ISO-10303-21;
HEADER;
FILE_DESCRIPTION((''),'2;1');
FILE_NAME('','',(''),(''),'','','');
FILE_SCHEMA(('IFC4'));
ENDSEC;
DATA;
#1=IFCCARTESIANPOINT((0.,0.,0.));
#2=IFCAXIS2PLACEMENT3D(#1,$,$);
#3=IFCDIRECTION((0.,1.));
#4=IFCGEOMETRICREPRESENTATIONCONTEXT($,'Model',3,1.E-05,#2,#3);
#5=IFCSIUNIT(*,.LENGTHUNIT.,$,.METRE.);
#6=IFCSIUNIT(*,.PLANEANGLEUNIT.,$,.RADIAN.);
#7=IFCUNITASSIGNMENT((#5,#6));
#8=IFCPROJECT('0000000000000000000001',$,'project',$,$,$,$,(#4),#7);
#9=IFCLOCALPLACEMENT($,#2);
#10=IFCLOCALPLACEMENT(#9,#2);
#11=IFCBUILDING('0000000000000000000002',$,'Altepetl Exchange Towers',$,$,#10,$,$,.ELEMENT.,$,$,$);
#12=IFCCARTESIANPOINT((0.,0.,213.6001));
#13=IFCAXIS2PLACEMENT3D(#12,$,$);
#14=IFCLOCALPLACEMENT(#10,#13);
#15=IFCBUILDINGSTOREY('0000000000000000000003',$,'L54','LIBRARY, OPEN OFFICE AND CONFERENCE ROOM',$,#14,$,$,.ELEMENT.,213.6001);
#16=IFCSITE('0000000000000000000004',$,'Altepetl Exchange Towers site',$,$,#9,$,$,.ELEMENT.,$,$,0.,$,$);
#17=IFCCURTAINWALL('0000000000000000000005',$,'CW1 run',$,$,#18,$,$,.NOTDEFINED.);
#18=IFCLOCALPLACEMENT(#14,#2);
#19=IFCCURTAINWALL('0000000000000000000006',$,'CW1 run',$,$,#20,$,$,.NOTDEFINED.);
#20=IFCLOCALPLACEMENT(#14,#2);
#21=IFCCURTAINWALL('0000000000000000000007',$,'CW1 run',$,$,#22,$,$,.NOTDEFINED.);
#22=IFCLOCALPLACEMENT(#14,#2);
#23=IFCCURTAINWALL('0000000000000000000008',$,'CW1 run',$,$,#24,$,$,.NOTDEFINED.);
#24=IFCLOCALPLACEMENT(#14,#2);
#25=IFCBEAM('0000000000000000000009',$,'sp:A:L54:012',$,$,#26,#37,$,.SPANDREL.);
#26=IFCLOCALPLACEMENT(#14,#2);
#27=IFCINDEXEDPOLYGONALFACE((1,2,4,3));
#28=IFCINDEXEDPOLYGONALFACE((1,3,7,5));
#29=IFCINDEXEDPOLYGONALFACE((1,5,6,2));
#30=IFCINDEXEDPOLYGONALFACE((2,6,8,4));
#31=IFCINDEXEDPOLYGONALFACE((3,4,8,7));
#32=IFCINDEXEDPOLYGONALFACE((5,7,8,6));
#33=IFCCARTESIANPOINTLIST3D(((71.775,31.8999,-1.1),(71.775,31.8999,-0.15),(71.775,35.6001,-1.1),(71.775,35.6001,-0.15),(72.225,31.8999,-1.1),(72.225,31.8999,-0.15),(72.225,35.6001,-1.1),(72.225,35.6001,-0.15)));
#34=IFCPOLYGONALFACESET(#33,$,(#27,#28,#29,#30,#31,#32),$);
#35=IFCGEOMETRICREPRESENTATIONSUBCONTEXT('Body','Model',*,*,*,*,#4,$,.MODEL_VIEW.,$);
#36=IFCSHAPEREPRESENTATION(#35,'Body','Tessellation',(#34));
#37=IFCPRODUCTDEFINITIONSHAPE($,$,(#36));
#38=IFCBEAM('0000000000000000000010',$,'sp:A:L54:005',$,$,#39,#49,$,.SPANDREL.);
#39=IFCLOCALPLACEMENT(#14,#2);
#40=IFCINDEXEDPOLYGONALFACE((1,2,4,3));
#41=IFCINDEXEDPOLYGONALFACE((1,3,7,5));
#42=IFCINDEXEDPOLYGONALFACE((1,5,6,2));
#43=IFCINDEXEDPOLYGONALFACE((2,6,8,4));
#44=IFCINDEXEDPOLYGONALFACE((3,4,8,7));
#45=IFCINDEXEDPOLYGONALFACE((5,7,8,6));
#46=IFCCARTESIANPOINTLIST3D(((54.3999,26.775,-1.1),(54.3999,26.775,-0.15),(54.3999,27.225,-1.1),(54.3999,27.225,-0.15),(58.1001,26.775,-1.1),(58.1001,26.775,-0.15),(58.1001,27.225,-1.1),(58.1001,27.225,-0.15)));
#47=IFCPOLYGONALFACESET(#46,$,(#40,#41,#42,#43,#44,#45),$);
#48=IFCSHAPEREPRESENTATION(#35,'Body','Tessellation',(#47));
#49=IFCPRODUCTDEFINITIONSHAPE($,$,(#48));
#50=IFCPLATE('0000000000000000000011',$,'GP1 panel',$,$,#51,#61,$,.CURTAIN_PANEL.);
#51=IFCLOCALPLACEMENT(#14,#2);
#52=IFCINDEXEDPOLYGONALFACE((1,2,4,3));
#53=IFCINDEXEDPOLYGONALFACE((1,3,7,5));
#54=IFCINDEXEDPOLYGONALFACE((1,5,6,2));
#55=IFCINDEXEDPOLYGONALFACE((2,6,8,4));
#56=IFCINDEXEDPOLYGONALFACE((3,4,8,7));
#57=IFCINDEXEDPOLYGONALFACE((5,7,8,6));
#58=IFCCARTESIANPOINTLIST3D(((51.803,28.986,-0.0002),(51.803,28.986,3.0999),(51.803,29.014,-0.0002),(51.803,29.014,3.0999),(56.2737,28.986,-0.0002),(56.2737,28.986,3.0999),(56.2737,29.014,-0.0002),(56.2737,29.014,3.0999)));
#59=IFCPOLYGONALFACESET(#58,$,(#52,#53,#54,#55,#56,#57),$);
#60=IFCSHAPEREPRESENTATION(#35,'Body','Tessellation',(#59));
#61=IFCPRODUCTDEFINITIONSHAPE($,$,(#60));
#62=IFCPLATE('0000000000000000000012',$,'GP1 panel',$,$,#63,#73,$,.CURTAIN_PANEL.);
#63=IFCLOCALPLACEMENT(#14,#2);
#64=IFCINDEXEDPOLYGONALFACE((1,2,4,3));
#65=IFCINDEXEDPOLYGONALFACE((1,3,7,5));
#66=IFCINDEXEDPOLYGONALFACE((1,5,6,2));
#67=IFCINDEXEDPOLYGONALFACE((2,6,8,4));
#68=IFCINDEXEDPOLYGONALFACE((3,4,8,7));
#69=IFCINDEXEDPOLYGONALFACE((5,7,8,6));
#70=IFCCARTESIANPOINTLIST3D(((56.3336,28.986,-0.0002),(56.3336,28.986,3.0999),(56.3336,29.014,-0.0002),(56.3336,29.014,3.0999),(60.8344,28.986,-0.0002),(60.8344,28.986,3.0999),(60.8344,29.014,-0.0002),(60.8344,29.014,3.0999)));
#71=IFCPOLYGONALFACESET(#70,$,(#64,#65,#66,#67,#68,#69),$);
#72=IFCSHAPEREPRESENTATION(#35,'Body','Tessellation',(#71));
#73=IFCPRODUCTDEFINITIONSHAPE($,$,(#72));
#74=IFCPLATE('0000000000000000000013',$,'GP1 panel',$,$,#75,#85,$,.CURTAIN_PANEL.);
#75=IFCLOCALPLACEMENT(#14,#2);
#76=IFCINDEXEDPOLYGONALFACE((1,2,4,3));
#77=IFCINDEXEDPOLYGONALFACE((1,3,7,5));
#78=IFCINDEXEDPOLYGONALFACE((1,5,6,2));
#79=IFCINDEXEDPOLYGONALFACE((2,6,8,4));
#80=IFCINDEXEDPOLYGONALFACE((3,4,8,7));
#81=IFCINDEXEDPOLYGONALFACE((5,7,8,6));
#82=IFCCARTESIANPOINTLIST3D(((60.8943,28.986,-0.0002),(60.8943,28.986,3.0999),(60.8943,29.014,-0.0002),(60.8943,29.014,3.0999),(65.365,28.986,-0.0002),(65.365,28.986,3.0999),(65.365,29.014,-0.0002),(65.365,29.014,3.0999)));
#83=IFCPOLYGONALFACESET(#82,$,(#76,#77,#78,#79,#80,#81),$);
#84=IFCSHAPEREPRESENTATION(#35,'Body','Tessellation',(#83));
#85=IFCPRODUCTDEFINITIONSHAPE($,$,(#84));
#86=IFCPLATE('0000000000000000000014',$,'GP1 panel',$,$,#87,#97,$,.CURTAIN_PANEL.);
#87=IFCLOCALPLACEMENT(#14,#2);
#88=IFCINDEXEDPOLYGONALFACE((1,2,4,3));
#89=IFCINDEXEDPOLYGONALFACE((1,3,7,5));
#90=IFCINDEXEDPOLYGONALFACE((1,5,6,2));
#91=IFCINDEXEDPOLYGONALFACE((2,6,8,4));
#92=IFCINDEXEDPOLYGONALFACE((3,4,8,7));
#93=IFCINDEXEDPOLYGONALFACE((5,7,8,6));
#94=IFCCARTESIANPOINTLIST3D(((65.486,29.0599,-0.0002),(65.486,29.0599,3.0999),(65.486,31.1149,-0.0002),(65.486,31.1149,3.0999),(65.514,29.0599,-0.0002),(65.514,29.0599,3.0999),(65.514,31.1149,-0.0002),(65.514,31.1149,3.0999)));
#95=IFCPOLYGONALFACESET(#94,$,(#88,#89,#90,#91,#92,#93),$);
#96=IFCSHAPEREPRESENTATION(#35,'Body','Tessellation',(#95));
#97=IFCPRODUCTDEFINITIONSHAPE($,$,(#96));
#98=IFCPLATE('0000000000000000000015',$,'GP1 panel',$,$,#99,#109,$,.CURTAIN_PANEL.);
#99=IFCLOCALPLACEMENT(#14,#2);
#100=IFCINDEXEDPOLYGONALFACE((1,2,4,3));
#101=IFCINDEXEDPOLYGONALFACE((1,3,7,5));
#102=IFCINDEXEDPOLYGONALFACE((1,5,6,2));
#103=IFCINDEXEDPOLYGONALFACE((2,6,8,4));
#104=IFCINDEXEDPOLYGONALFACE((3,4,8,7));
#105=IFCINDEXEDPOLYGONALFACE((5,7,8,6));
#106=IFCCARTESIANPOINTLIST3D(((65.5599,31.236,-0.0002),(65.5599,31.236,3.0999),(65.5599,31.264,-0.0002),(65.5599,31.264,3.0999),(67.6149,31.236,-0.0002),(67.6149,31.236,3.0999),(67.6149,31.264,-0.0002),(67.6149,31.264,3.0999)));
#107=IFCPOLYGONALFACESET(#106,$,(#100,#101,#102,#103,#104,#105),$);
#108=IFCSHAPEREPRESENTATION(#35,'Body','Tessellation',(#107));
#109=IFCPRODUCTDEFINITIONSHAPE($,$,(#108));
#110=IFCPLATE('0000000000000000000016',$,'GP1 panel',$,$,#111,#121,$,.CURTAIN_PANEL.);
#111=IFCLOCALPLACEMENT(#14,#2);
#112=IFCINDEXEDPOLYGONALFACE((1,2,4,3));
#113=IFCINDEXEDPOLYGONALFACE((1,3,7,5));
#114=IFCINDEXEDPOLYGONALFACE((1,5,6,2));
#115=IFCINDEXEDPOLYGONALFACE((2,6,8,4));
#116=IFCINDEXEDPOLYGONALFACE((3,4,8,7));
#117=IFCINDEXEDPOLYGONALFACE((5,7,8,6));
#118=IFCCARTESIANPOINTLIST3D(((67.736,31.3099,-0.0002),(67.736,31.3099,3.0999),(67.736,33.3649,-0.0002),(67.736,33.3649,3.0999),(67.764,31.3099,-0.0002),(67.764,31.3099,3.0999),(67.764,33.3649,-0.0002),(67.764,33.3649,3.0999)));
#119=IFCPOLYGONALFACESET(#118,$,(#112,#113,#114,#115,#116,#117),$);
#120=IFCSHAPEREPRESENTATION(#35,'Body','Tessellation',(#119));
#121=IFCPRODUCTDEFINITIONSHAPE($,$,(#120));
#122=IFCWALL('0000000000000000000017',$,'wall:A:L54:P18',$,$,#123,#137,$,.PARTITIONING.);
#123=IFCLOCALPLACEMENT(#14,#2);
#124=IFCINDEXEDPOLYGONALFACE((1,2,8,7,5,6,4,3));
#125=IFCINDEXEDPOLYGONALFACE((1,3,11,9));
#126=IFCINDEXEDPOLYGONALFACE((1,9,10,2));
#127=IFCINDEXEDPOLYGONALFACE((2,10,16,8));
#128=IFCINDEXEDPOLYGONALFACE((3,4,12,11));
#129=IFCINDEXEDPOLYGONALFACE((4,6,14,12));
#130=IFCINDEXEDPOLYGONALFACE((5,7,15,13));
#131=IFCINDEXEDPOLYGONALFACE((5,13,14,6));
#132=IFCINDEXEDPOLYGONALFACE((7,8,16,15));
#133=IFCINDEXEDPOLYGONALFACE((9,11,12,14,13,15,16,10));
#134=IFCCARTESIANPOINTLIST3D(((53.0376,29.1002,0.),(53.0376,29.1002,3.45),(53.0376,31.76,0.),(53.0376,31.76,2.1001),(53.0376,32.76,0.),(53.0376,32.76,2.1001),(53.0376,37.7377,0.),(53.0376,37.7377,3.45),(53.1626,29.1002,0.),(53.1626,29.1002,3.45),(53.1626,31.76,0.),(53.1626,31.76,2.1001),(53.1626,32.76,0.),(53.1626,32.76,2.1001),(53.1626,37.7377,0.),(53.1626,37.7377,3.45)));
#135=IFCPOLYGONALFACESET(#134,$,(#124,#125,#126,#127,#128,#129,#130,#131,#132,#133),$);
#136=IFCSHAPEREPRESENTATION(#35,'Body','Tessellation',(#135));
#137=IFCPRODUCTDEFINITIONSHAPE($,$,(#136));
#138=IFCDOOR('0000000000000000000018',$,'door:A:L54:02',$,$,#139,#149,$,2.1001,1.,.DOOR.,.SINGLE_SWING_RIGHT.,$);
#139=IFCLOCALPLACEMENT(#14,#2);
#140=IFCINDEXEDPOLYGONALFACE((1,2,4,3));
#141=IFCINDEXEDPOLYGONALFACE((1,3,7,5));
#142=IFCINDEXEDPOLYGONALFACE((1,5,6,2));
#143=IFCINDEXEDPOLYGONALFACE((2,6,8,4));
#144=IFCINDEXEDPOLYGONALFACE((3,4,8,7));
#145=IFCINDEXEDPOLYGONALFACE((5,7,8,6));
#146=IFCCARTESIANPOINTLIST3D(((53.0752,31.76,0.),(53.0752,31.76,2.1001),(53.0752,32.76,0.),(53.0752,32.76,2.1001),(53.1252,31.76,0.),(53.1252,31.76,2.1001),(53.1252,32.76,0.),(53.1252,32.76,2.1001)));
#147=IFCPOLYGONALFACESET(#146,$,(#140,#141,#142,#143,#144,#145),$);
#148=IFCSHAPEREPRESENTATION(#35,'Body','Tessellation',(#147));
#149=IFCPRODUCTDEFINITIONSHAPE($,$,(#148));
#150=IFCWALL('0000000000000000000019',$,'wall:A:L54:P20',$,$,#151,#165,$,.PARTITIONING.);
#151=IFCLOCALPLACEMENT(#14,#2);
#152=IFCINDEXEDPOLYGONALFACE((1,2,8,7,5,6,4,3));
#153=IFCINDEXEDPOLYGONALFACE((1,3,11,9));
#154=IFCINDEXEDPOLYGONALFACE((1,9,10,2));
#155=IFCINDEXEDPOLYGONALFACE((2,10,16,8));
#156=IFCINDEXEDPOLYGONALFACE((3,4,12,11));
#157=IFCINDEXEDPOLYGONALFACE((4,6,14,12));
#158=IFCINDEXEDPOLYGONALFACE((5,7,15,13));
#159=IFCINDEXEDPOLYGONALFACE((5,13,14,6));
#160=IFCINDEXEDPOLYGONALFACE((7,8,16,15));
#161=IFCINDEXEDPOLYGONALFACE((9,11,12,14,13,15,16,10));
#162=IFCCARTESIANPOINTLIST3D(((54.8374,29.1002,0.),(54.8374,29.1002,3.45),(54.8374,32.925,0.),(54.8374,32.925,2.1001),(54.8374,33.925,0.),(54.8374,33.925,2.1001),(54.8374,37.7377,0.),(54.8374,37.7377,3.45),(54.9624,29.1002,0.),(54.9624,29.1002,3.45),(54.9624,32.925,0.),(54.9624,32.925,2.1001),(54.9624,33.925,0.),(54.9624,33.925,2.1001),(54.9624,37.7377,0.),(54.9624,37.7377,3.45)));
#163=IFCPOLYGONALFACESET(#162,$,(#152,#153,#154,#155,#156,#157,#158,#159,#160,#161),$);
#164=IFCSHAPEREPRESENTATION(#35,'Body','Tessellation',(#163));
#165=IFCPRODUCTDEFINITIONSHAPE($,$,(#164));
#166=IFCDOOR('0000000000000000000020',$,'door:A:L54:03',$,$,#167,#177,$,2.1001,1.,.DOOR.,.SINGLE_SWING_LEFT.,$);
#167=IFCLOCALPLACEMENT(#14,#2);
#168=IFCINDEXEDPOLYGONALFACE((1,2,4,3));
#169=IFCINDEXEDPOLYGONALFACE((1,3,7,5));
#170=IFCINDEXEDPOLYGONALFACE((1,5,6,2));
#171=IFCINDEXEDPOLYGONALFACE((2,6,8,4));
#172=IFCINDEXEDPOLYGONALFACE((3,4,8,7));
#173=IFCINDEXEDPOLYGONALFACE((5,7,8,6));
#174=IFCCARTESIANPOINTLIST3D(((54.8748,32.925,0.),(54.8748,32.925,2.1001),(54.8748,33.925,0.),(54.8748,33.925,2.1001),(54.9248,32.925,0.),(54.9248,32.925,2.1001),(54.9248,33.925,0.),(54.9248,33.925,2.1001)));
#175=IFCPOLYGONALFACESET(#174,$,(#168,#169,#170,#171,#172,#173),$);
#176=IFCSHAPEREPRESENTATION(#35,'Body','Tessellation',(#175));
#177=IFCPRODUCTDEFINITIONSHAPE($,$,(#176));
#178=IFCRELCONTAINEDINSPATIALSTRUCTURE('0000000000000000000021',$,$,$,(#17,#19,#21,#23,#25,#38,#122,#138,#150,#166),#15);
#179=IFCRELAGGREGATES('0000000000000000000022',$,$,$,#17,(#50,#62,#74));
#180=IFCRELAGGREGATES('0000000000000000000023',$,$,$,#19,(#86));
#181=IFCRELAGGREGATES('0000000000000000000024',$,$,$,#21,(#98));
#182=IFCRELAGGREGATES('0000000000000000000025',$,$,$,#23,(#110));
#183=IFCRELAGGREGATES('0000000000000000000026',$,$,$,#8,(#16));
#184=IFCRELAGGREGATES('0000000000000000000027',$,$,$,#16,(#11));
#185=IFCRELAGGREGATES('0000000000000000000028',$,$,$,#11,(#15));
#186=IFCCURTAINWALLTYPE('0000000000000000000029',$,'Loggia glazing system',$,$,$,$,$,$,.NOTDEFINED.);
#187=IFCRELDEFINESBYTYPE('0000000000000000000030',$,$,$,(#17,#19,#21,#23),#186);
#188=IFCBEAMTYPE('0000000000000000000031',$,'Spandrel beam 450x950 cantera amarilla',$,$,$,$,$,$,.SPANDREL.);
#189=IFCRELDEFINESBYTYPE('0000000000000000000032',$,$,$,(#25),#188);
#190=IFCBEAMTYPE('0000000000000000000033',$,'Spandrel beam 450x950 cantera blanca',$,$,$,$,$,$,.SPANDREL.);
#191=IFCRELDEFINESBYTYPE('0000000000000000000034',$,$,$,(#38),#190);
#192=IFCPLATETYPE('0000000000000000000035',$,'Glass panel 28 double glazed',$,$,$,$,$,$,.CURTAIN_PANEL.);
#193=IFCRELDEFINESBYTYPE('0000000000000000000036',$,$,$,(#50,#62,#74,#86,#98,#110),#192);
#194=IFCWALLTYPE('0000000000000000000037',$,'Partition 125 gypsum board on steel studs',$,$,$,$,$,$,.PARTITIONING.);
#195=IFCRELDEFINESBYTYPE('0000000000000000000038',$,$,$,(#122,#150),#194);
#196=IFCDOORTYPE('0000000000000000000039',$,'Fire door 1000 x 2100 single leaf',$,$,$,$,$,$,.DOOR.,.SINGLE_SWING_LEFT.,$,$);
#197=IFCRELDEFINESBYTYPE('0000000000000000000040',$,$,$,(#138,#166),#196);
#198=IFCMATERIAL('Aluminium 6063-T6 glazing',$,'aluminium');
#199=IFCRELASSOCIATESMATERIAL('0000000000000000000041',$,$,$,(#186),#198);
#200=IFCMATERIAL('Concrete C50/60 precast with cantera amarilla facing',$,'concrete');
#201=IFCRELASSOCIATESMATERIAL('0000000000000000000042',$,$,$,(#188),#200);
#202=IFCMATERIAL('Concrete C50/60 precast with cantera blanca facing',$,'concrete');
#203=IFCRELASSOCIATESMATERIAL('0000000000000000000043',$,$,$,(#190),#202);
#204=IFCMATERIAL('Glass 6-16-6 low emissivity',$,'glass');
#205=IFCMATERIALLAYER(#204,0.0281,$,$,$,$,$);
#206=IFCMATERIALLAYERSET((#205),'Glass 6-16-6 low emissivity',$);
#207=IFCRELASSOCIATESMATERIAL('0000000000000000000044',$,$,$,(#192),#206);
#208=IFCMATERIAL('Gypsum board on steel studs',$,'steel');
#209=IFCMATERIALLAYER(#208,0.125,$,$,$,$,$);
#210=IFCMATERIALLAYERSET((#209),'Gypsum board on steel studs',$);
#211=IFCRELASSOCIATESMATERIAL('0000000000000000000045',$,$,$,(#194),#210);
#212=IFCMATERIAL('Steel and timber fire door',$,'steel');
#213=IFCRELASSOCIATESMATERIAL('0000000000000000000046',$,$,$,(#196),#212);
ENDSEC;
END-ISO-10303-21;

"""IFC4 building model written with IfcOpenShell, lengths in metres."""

from ifc_helpers import new_model, si_unit, direction, frame, frame_2d, origin, origin_2d, place, context, subcontext, project, spatial, rectangle, extrude, material, layer, layer_set, material_profile, profile_set, type_object, element, fill, aggregate, save


model = new_model("IFC4")

# Units and contexts
model_context = context("Model", 3, precision=1e-05, world=origin(), true_north=direction((0.0, 1.0)))
body_context = subcontext(model_context, "Body", "Model", "MODEL_VIEW")
ifc_project = project(units=[si_unit("LENGTHUNIT", "METRE"), si_unit("PLANEANGLEUNIT", "RADIAN")], contexts=[model_context])

# Site, building, storey
site_placement = place(None, origin())
site = spatial("IfcSite", under=ifc_project, at=site_placement, Name="Altepetl Exchange Towers site", CompositionType="ELEMENT", RefElevation=0.0)
building_placement = place(site_placement, origin())
building = spatial("IfcBuilding", under=site, at=building_placement, Name="Altepetl Exchange Towers", CompositionType="ELEMENT")
storey_placement = place(building_placement, frame((0.0, 0.0, 213.6001)))
storey = spatial("IfcBuildingStorey", under=building, at=storey_placement, Name="L54", Description="LIBRARY, OPEN OFFICE AND CONFERENCE ROOM", CompositionType="ELEMENT", Elevation=213.6001)

# Curtain walls
ifc_material_1 = material(Name="Aluminium 6063-T6 glazing", Category="aluminium")
curtain_wall_type = type_object("IfcCurtainWallType", Name="Loggia glazing system", PredefinedType="NOTDEFINED", material=ifc_material_1)
curtain_wall_1_placement = place(storey_placement, origin())
curtain_wall_1 = element("IfcCurtainWall", 1, at=curtain_wall_1_placement, inside=storey, type_object=curtain_wall_type, Name="CW1 run", PredefinedType="NOTDEFINED")
curtain_wall_2_placement = place(storey_placement, origin())
curtain_wall_2 = element("IfcCurtainWall", 2, at=curtain_wall_2_placement, inside=storey, type_object=curtain_wall_type, Name="CW1 run", PredefinedType="NOTDEFINED")
curtain_wall_3_placement = place(storey_placement, origin())
curtain_wall_3 = element("IfcCurtainWall", 3, at=curtain_wall_3_placement, inside=storey, type_object=curtain_wall_type, Name="CW1 run", PredefinedType="NOTDEFINED")
curtain_wall_4_placement = place(storey_placement, origin())
curtain_wall_4 = element("IfcCurtainWall", 4, at=curtain_wall_4_placement, inside=storey, type_object=curtain_wall_type, Name="CW1 run", PredefinedType="NOTDEFINED")

# Beams
ifc_material_2 = material(Name="Concrete C50/60 precast with cantera amarilla facing", Category="concrete")
ifc_material_profile_1 = material_profile(ifc_material_2, rectangle(XDim=0.45, YDim=0.95, at=origin_2d()), Name="450 x 950")
ifc_profile_set_1 = profile_set([ifc_material_profile_1], Name="Concrete C50/60 precast with cantera amarilla facing")
beam_type_1 = type_object("IfcBeamType", Name="Spandrel beam 450x950 cantera amarilla", PredefinedType="SPANDREL", material=ifc_profile_set_1)
beam_1_placement = place(storey_placement, frame((72.0, 31.8999, -0.625), z_axis=(0.0, 1.0, 0.0), x_axis=(-1.0, 0.0, 0.0)))
element("IfcBeam", 5, at=beam_1_placement, inside=storey, type_object=beam_type_1, Name="sp:A:L54:012", PredefinedType="SPANDREL", context=body_context, shape_type="SweptSolid", body=[
    extrude(rectangle(XDim=0.45, YDim=0.95, at=origin_2d()), origin(), (0.0, 0.0, 1.0), 3.7002),
])
ifc_material_3 = material(Name="Concrete C50/60 precast with cantera blanca facing", Category="concrete")
ifc_material_profile_2 = material_profile(ifc_material_3, rectangle(XDim=0.45, YDim=0.95, at=origin_2d()), Name="450 x 950")
ifc_profile_set_2 = profile_set([ifc_material_profile_2], Name="Concrete C50/60 precast with cantera blanca facing")
beam_type_2 = type_object("IfcBeamType", Name="Spandrel beam 450x950 cantera blanca", PredefinedType="SPANDREL", material=ifc_profile_set_2)
beam_2_placement = place(storey_placement, frame((54.3999, 27.0, -0.625), z_axis=(1.0, 0.0, 0.0), x_axis=(0.0, 1.0, 0.0)))
element("IfcBeam", 6, at=beam_2_placement, inside=storey, type_object=beam_type_2, Name="sp:A:L54:005", PredefinedType="SPANDREL", context=body_context, shape_type="SweptSolid", body=[
    extrude(rectangle(XDim=0.45, YDim=0.95, at=origin_2d()), origin(), (0.0, 0.0, 1.0), 3.7002),
])

# Plates
ifc_material_4 = material(Name="Glass 6-16-6 low emissivity", Category="glass")
ifc_layer_1 = layer(ifc_material_4, 0.0281)
ifc_layer_set_1 = layer_set([ifc_layer_1], Name="Glass 6-16-6 low emissivity")
plate_type = type_object("IfcPlateType", Name="Glass panel 28 double glazed", PredefinedType="CURTAIN_PANEL", material=ifc_layer_set_1)
plate_1_placement = place(storey_placement, frame((54.0383, 29.0, -0.0002)))
plate_1 = element("IfcPlate", 7, at=plate_1_placement, type_object=plate_type, Name="GP1 panel", PredefinedType="CURTAIN_PANEL", context=body_context, shape_type="SweptSolid", body=[
    extrude(rectangle(XDim=4.4707, YDim=0.0281, at=origin_2d()), origin(), (0.0, 0.0, 1.0), 3.1001),
])
plate_2_placement = place(storey_placement, frame((58.584, 29.0, -0.0002)))
plate_2 = element("IfcPlate", 8, at=plate_2_placement, type_object=plate_type, Name="GP1 panel", PredefinedType="CURTAIN_PANEL", context=body_context, shape_type="SweptSolid", body=[
    extrude(rectangle(XDim=4.5007, YDim=0.0281, at=origin_2d()), origin(), (0.0, 0.0, 1.0), 3.1001),
])
plate_3_placement = place(storey_placement, frame((63.1296, 29.0, -0.0002)))
plate_3 = element("IfcPlate", 9, at=plate_3_placement, type_object=plate_type, Name="GP1 panel", PredefinedType="CURTAIN_PANEL", context=body_context, shape_type="SweptSolid", body=[
    extrude(rectangle(XDim=4.4707, YDim=0.0281, at=origin_2d()), origin(), (0.0, 0.0, 1.0), 3.1001),
])
aggregate(curtain_wall_1, [plate_1, plate_2, plate_3])
plate_4_placement = place(storey_placement, frame((65.5, 30.0874, -0.0002), z_axis=(0.0, 0.0, 1.0), x_axis=(0.0, 1.0, 0.0)))
plate_4 = element("IfcPlate", 10, at=plate_4_placement, type_object=plate_type, Name="GP1 panel", PredefinedType="CURTAIN_PANEL", context=body_context, shape_type="SweptSolid", body=[
    extrude(rectangle(XDim=2.0549, YDim=0.0281, at=origin_2d()), origin(), (0.0, 0.0, 1.0), 3.1001),
])
aggregate(curtain_wall_2, [plate_4])
plate_5_placement = place(storey_placement, frame((66.5874, 31.25, -0.0002)))
plate_5 = element("IfcPlate", 11, at=plate_5_placement, type_object=plate_type, Name="GP1 panel", PredefinedType="CURTAIN_PANEL", context=body_context, shape_type="SweptSolid", body=[
    extrude(rectangle(XDim=2.0549, YDim=0.0281, at=origin_2d()), origin(), (0.0, 0.0, 1.0), 3.1001),
])
aggregate(curtain_wall_3, [plate_5])
plate_6_placement = place(storey_placement, frame((67.75, 32.3374, -0.0002), z_axis=(0.0, 0.0, 1.0), x_axis=(0.0, 1.0, 0.0)))
plate_6 = element("IfcPlate", 12, at=plate_6_placement, type_object=plate_type, Name="GP1 panel", PredefinedType="CURTAIN_PANEL", context=body_context, shape_type="SweptSolid", body=[
    extrude(rectangle(XDim=2.0549, YDim=0.0281, at=origin_2d()), origin(), (0.0, 0.0, 1.0), 3.1001),
])
aggregate(curtain_wall_4, [plate_6])

# Walls, openings, doors
ifc_material_5 = material(Name="Gypsum board on steel studs", Category="steel")
ifc_layer_2 = layer(ifc_material_5, 0.125)
ifc_layer_set_2 = layer_set([ifc_layer_2], Name="Gypsum board on steel studs")
wall_type = type_object("IfcWallType", Name="Partition 125 gypsum board on steel studs", PredefinedType="PARTITIONING", material=ifc_layer_set_2)
wall_1_placement = place(storey_placement, frame((53.1001, 29.1001, 0.0), z_axis=(0.0, 0.0, 1.0), x_axis=(0.0, 1.0, 0.0)))
wall_1 = element("IfcWall", 13, at=wall_1_placement, inside=storey, type_object=wall_type, Name="wall:A:L54:P18", PredefinedType="PARTITIONING", context=body_context, shape_type="SweptSolid", body=[
    extrude(rectangle(XDim=8.6375, YDim=0.125, at=frame_2d((4.3188, 0.0))), origin(), (0.0, 0.0, 1.0), 3.45),
])
opening_1_placement = place(wall_1_placement, frame((2.6599, 0.0, 0.0)))
opening_1 = element("IfcOpeningElement", 14, at=opening_1_placement, cuts=wall_1, PredefinedType="OPENING", context=body_context, shape_type="SweptSolid", body=[
    extrude(rectangle(XDim=1.0, YDim=2.1001, at=frame_2d((0.5, 1.05))), frame((0.0, 0.0725, 0.0), z_axis=(0.0, -1.0, 0.0), x_axis=(1.0, 0.0, 0.0)), (0.0, 0.0, 1.0), 0.145),
])
ifc_material_6 = material(Name="Steel and timber fire door", Category="steel")
door_type = type_object("IfcDoorType", Name="Fire door 1000 x 2100 single leaf", OperationType="SINGLE_SWING_LEFT", PredefinedType="DOOR", material=ifc_material_6)
door_1_placement = place(opening_1_placement, origin())
door_1 = element("IfcDoor", 15, at=door_1_placement, inside=storey, type_object=door_type, Name="door:A:L54:02", OperationType="SINGLE_SWING_RIGHT", OverallHeight=2.1001, OverallWidth=1.0, PredefinedType="DOOR", context=body_context, shape_type="SweptSolid", body=[
    extrude(rectangle(XDim=1.0, YDim=2.1001, at=frame_2d((0.5, 1.05))), frame((0.0, 0.0249, 0.0), z_axis=(0.0, -1.0, 0.0), x_axis=(1.0, 0.0, 0.0)), (0.0, 0.0, 1.0), 0.05),
])
fill(opening_1, door_1)
wall_2_placement = place(storey_placement, frame((54.8999, 29.1001, 0.0), z_axis=(0.0, 0.0, 1.0), x_axis=(0.0, 1.0, 0.0)))
wall_2 = element("IfcWall", 16, at=wall_2_placement, inside=storey, type_object=wall_type, Name="wall:A:L54:P20", PredefinedType="PARTITIONING", context=body_context, shape_type="SweptSolid", body=[
    extrude(rectangle(XDim=8.6375, YDim=0.125, at=frame_2d((4.3188, 0.0))), origin(), (0.0, 0.0, 1.0), 3.45),
])
opening_2_placement = place(wall_2_placement, frame((3.825, 0.0, 0.0)))
opening_2 = element("IfcOpeningElement", 17, at=opening_2_placement, cuts=wall_2, PredefinedType="OPENING", context=body_context, shape_type="SweptSolid", body=[
    extrude(rectangle(XDim=1.0, YDim=2.1001, at=frame_2d((0.5, 1.05))), frame((0.0, 0.0725, 0.0), z_axis=(0.0, -1.0, 0.0), x_axis=(1.0, 0.0, 0.0)), (0.0, 0.0, 1.0), 0.145),
])
door_2_placement = place(opening_2_placement, frame((1.0, 0.0, 0.0), x_axis=(-1.0, 0.0, 0.0)))
door_2 = element("IfcDoor", 18, at=door_2_placement, inside=storey, type_object=door_type, Name="door:A:L54:03", OperationType="SINGLE_SWING_LEFT", OverallHeight=2.1001, OverallWidth=1.0, PredefinedType="DOOR", context=body_context, shape_type="SweptSolid", body=[
    extrude(rectangle(XDim=1.0, YDim=2.1001, at=frame_2d((0.5, 1.05))), frame((0.0, 0.0249, 0.0), z_axis=(0.0, -1.0, 0.0), x_axis=(1.0, 0.0, 0.0)), (0.0, 0.0, 1.0), 0.05),
])
fill(opening_2, door_2)

save(model, "model.ifc")
